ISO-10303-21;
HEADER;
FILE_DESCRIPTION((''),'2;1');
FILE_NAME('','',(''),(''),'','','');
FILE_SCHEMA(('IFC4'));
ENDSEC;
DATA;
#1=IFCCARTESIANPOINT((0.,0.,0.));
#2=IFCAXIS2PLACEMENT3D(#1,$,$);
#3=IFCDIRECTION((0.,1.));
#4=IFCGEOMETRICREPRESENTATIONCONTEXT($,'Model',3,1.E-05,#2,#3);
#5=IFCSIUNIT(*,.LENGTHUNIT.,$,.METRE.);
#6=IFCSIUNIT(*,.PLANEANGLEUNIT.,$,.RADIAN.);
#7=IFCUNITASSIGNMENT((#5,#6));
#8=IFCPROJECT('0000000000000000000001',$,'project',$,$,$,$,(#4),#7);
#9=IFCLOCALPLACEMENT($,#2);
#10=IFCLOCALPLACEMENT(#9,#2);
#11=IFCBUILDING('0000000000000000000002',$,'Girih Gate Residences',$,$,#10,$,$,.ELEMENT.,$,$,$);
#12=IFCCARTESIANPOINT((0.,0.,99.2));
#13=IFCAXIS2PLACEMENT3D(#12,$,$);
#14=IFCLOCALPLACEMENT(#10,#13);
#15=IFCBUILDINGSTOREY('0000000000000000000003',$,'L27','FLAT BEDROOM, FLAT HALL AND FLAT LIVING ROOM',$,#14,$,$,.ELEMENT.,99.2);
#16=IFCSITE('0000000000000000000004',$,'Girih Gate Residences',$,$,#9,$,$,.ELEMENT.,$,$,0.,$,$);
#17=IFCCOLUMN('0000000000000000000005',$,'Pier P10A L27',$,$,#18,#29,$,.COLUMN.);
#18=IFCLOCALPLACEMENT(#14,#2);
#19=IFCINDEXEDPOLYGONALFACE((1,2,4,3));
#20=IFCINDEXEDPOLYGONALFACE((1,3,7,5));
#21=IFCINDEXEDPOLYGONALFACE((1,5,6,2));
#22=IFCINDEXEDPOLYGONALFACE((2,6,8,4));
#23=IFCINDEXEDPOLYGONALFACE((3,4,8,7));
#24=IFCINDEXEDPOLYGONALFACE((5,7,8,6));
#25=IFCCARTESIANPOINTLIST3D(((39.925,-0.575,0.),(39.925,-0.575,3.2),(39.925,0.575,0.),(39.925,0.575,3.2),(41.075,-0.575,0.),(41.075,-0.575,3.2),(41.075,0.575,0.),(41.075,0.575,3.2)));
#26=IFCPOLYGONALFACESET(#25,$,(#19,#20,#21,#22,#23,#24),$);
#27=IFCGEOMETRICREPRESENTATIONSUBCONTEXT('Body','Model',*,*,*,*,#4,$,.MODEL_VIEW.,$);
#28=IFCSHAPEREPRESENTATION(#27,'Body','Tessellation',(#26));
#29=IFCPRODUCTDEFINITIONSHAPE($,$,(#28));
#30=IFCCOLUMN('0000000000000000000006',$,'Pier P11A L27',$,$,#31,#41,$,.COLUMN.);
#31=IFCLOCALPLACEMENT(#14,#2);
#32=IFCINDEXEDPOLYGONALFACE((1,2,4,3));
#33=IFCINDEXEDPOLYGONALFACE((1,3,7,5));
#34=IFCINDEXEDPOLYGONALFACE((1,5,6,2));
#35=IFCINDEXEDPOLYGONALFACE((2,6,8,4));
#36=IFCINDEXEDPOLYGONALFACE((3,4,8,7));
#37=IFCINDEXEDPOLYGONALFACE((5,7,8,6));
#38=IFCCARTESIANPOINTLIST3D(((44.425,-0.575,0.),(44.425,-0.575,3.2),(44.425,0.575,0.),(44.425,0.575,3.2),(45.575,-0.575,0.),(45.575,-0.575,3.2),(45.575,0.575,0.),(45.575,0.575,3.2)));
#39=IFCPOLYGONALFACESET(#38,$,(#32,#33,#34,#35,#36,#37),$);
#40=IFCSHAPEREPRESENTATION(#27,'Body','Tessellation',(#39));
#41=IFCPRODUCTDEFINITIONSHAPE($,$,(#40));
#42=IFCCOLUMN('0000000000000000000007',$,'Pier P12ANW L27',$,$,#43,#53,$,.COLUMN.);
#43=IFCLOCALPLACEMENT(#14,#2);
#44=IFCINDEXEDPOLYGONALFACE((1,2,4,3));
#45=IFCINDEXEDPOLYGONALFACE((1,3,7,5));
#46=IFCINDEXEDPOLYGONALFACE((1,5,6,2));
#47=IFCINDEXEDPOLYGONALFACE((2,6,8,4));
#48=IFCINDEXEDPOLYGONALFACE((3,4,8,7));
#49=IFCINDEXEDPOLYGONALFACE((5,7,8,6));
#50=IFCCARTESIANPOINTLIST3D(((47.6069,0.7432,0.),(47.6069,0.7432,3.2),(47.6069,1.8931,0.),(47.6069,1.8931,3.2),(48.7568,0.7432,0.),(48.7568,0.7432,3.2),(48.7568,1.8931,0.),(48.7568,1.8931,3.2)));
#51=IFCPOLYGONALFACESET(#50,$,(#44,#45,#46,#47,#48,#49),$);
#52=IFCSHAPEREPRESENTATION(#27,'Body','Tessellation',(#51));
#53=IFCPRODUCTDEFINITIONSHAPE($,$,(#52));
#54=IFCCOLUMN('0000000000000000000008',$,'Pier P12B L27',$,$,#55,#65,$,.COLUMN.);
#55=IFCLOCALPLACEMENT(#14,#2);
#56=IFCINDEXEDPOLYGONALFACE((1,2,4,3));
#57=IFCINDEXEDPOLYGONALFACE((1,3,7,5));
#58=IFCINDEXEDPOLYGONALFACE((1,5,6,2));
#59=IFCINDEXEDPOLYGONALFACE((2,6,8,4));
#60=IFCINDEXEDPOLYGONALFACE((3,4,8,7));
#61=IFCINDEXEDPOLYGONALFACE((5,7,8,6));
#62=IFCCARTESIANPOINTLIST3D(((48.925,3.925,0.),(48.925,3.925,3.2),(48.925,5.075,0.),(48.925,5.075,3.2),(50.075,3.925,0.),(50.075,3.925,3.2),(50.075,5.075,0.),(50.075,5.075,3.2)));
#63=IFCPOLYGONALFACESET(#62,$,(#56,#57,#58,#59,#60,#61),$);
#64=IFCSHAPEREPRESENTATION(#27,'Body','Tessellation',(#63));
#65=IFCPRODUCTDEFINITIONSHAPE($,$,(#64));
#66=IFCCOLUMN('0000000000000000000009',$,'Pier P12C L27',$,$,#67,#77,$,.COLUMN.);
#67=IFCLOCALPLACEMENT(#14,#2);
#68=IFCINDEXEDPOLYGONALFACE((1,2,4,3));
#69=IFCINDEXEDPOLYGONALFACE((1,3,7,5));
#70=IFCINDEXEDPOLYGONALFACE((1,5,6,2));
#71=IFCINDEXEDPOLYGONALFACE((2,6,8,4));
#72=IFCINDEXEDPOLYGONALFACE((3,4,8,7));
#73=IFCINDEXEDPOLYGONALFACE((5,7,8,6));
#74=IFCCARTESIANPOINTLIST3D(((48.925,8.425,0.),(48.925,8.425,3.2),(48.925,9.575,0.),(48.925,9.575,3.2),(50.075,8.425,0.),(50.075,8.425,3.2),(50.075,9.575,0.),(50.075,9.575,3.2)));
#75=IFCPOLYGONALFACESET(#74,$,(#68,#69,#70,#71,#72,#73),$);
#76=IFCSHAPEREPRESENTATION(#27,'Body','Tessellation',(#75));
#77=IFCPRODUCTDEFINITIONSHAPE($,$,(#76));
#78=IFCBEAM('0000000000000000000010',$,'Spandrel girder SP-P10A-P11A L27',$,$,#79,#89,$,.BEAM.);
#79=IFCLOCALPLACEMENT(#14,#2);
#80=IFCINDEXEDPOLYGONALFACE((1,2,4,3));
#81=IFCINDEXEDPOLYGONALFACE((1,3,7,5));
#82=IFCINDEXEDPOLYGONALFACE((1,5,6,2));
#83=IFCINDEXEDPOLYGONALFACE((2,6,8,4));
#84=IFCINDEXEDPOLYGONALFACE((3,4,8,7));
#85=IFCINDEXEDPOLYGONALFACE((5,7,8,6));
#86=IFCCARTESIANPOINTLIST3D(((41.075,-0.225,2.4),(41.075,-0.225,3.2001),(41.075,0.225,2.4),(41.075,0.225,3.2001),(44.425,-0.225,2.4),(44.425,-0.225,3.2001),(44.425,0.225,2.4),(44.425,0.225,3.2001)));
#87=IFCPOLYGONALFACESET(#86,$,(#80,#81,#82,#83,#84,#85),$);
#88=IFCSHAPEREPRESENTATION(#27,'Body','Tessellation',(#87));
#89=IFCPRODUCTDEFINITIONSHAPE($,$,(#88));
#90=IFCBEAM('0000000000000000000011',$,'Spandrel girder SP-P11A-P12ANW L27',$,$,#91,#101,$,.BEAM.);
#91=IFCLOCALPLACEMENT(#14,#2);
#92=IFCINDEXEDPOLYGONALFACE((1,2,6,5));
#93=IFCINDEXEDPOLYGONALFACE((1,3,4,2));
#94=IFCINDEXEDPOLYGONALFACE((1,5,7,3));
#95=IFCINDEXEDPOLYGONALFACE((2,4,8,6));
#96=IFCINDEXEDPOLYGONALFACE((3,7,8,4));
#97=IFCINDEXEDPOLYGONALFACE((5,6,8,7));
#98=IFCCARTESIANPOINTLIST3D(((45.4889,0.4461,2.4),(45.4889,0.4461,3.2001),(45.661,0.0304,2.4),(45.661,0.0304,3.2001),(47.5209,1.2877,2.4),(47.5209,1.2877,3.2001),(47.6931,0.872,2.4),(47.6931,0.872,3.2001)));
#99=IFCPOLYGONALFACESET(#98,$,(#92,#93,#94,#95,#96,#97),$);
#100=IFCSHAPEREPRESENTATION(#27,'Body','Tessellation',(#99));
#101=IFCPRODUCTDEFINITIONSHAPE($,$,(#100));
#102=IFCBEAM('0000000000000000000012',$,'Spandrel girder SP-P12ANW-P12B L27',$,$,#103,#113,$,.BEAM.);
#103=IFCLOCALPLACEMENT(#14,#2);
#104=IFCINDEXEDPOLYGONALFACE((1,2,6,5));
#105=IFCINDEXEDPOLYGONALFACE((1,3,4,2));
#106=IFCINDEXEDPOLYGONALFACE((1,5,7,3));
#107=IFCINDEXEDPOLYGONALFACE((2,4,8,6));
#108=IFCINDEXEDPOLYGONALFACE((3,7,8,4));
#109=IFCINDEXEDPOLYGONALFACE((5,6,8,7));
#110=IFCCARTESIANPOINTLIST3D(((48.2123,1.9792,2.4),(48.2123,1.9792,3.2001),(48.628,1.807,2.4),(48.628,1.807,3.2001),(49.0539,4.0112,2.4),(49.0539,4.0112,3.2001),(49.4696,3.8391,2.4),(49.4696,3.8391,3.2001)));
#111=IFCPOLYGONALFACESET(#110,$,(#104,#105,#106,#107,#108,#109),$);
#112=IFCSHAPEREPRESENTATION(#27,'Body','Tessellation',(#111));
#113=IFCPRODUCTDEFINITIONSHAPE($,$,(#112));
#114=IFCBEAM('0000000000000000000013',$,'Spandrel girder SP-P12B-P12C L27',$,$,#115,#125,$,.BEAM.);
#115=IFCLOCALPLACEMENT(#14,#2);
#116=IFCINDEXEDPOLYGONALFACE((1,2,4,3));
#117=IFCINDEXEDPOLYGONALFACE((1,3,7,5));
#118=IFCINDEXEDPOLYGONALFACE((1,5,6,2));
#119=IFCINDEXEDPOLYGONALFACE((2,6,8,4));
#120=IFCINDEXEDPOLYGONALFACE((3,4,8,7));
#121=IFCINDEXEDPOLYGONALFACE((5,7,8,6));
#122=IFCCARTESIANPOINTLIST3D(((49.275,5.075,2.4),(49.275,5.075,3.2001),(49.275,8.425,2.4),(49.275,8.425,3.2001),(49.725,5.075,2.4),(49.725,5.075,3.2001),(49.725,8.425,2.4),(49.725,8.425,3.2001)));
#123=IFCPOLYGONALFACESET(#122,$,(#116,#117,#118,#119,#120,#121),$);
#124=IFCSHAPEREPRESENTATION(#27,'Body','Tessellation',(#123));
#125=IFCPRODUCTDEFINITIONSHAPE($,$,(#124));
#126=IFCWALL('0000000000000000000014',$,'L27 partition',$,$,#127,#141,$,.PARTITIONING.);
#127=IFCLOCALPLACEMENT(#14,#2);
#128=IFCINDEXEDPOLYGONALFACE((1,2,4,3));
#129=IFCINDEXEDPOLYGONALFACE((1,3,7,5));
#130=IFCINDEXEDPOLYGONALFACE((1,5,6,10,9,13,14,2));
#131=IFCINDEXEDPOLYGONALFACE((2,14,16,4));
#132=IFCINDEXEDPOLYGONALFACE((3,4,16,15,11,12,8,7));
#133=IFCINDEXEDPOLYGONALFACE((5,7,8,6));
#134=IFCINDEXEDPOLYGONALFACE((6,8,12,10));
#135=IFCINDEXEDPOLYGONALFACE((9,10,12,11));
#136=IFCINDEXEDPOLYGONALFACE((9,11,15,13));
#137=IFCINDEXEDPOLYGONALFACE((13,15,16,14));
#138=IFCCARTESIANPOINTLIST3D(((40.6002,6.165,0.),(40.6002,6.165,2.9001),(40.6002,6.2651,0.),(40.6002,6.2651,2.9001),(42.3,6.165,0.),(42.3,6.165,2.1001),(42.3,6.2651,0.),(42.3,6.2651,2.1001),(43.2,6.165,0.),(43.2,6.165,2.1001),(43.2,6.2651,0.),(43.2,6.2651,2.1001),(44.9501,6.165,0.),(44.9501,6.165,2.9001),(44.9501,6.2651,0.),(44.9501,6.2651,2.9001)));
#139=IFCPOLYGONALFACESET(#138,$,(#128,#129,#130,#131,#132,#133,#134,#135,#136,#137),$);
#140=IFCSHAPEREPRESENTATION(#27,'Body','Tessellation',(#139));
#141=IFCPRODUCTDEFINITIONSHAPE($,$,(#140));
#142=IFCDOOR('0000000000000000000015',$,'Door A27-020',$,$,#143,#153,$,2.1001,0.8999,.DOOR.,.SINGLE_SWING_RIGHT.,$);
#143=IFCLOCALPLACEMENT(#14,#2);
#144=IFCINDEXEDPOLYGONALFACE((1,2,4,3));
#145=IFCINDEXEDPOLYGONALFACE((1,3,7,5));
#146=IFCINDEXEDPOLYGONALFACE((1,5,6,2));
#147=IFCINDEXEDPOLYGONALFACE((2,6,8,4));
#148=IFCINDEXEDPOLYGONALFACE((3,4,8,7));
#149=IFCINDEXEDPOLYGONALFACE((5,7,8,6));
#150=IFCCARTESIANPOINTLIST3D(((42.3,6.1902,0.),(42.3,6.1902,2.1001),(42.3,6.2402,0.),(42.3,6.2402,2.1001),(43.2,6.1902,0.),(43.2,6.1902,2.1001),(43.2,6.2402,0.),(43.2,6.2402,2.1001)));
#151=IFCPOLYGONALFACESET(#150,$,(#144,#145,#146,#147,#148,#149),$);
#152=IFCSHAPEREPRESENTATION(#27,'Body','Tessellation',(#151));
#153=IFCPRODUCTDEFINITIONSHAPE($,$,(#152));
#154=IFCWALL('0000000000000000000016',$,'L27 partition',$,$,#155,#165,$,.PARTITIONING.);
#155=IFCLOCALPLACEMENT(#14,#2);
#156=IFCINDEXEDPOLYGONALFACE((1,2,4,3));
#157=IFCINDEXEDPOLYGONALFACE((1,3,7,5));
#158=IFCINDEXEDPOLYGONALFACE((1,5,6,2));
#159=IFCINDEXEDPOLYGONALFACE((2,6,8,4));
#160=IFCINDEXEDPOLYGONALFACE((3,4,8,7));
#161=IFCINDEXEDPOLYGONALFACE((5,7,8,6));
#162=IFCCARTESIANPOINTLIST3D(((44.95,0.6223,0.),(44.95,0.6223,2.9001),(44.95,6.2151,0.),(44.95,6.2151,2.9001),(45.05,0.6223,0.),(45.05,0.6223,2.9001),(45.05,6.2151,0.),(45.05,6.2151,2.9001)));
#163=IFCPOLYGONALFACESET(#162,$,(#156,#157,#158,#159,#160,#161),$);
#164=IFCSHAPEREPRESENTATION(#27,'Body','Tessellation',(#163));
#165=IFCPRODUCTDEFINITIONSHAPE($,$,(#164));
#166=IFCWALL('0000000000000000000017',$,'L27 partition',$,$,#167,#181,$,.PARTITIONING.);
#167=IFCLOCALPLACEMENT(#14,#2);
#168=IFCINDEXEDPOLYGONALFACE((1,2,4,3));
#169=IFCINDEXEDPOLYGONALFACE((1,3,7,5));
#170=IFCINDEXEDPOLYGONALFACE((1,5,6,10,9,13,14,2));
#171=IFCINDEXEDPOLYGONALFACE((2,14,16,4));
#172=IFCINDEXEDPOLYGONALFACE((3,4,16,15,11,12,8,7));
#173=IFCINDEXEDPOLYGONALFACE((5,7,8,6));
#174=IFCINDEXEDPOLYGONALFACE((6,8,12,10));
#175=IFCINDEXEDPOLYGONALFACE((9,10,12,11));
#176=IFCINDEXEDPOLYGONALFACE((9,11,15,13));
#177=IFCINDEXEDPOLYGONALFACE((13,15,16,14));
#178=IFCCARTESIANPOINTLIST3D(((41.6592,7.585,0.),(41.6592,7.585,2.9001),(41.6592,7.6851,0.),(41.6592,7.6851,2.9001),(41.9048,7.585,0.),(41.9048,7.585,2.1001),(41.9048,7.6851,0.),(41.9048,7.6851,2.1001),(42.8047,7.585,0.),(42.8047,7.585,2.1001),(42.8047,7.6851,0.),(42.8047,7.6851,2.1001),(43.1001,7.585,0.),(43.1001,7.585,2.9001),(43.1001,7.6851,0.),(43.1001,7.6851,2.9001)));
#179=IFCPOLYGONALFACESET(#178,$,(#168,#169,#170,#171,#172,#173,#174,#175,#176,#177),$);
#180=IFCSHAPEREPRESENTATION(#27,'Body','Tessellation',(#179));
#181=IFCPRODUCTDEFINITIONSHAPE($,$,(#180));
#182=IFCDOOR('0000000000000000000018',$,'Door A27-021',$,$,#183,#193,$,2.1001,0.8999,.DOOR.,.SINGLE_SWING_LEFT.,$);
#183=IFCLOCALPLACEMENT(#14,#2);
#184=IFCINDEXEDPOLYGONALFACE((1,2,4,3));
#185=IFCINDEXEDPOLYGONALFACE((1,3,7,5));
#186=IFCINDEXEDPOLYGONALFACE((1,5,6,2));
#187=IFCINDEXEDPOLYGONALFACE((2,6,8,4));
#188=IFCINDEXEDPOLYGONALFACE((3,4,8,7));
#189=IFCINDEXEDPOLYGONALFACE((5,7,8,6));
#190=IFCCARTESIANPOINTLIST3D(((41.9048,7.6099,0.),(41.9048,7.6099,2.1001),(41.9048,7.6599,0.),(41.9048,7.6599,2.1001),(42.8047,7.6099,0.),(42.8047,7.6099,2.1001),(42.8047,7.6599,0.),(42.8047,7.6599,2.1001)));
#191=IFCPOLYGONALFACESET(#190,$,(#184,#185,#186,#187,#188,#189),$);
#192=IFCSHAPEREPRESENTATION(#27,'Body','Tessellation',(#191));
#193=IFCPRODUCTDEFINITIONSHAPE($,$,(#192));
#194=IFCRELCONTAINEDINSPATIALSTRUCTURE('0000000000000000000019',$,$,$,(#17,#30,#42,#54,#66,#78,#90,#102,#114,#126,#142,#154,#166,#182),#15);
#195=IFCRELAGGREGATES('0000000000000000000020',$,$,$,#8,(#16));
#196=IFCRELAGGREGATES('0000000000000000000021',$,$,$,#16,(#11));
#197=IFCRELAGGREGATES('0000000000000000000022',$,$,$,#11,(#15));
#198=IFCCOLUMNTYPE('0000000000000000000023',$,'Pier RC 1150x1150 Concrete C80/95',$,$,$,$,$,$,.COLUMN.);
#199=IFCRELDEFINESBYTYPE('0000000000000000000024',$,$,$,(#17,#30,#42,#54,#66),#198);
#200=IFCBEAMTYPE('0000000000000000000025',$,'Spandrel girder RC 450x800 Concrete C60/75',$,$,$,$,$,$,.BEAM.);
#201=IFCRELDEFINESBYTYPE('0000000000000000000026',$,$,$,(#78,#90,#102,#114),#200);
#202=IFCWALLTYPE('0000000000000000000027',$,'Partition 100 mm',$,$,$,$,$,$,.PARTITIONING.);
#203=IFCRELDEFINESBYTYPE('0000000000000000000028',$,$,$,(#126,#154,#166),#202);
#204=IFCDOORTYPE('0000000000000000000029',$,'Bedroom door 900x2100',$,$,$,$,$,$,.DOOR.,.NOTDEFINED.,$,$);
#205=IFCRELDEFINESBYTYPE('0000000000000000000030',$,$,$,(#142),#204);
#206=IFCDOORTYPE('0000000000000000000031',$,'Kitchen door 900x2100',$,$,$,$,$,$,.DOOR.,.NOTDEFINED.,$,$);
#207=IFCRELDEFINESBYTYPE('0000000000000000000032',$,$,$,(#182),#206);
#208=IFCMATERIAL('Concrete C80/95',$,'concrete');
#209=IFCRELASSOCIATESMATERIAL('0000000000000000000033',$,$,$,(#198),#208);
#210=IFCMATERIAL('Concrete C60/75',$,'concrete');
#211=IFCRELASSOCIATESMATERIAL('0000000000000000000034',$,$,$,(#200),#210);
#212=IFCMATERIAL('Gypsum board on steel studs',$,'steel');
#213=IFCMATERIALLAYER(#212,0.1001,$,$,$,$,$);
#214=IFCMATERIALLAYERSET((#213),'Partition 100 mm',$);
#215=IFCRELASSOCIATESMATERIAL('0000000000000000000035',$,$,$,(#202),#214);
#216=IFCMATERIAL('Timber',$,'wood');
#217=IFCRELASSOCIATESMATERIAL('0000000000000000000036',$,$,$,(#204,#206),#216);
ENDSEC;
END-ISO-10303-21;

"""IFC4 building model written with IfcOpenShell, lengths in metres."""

from ifc_helpers import new_model, si_unit, direction, frame, frame_2d, origin, origin_2d, place, context, subcontext, project, spatial, rectangle, extrude, material, layer, layer_set, material_profile, profile_set, type_object, element, fill, save


model = new_model("IFC4")

# Units and contexts
model_context = context("Model", 3, precision=1e-05, world=origin(), true_north=direction((0.0, 1.0)))
body_context = subcontext(model_context, "Body", "Model", "MODEL_VIEW")
ifc_project = project(units=[si_unit("LENGTHUNIT", "METRE"), si_unit("PLANEANGLEUNIT", "RADIAN")], contexts=[model_context])

# Site, building, storey
site_placement = place(None, origin())
site = spatial("IfcSite", under=ifc_project, at=site_placement, Name="Girih Gate Residences", CompositionType="ELEMENT", RefElevation=0.0)
building_placement = place(site_placement, origin())
building = spatial("IfcBuilding", under=site, at=building_placement, Name="Girih Gate Residences", CompositionType="ELEMENT")
storey_placement = place(building_placement, frame((0.0, 0.0, 99.2)))
storey = spatial("IfcBuildingStorey", under=building, at=storey_placement, Name="L27", Description="FLAT BEDROOM, FLAT HALL AND FLAT LIVING ROOM", CompositionType="ELEMENT", Elevation=99.2)

# Columns
ifc_material_1 = material(Name="Concrete C80/95", Category="concrete")
ifc_material_profile_1 = material_profile(ifc_material_1, rectangle(XDim=1.1499, YDim=1.1499, at=origin_2d()))
ifc_profile_set_1 = profile_set([ifc_material_profile_1], Name="Concrete C80/95")
column_type = type_object("IfcColumnType", Name="Pier RC 1150x1150 Concrete C80/95", PredefinedType="COLUMN", material=ifc_profile_set_1)
for number, where, z_axis, x_axis, name in (
    (1, (40.5, 0.0, 0.0), (0.0, 0.0, 1.0), (1.0, 0.0, 0.0), "Pier P10A L27"),
    (2, (45.0, 0.0, 0.0), (0.0, 0.0, 1.0), (1.0, 0.0, 0.0), "Pier P11A L27"),
    (3, (48.1819, 1.3181, 0.0), (0.0, 0.0, 1.0), (1.0, 0.0, 0.0), "Pier P12ANW L27"),
    (4, (49.5, 4.5, 0.0), (0.0, 0.0, 1.0), (1.0, 0.0, 0.0), "Pier P12B L27"),
    (5, (49.5, 9.0, 0.0), (0.0, 0.0, 1.0), (1.0, 0.0, 0.0), "Pier P12C L27"),
):
    element("IfcColumn", number, at=place(storey_placement, frame(where, z_axis=z_axis, x_axis=x_axis)), inside=storey, type_object=column_type, Name=name, PredefinedType="COLUMN", context=body_context, shape_type="SweptSolid", body=[
        extrude(rectangle(XDim=1.1499, YDim=1.1499, at=origin_2d()), origin(), (0.0, 0.0, 1.0), 3.2),
    ])

# Beams
ifc_material_2 = material(Name="Concrete C60/75", Category="concrete")
ifc_material_profile_2 = material_profile(ifc_material_2, rectangle(XDim=0.45, YDim=0.8, at=origin_2d()))
ifc_profile_set_2 = profile_set([ifc_material_profile_2], Name="Concrete C60/75")
beam_type = type_object("IfcBeamType", Name="Spandrel girder RC 450x800 Concrete C60/75", PredefinedType="BEAM", material=ifc_profile_set_2)
beam_1_placement = place(storey_placement, frame((41.075, 0.0, 2.8), z_axis=(1.0, 0.0, 0.0), x_axis=(0.0, 1.0, 0.0)))
element("IfcBeam", 6, at=beam_1_placement, inside=storey, type_object=beam_type, Name="Spandrel girder SP-P10A-P11A L27", PredefinedType="BEAM", context=body_context, shape_type="SweptSolid", body=[
    extrude(rectangle(XDim=0.45, YDim=0.8, at=origin_2d()), origin(), (0.0, 0.0, 1.0), 3.3501),
])
for number, where, z_axis, x_axis, name in (
    (7, (45.575, 0.2383, 2.8), (0.923899, 0.382636, 0.0), (-0.382636, 0.923899, 0.0), "Spandrel girder SP-P11A-P12ANW L27"),
    (8, (48.4202, 1.8931, 2.8), (0.382636, 0.923899, 0.0), (-0.923899, 0.382636, 0.0), "Spandrel girder SP-P12ANW-P12B L27"),
):
    element("IfcBeam", number, at=place(storey_placement, frame(where, z_axis=z_axis, x_axis=x_axis)), inside=storey, type_object=beam_type, Name=name, PredefinedType="BEAM", context=body_context, shape_type="SweptSolid", body=[
        extrude(rectangle(XDim=0.45, YDim=0.8, at=origin_2d()), origin(), (0.0, 0.0, 1.0), 2.1995),
    ])
beam_2_placement = place(storey_placement, frame((49.5, 5.075, 2.8), z_axis=(0.0, 1.0, 0.0), x_axis=(-1.0, 0.0, 0.0)))
element("IfcBeam", 9, at=beam_2_placement, inside=storey, type_object=beam_type, Name="Spandrel girder SP-P12B-P12C L27", PredefinedType="BEAM", context=body_context, shape_type="SweptSolid", body=[
    extrude(rectangle(XDim=0.45, YDim=0.8, at=origin_2d()), origin(), (0.0, 0.0, 1.0), 3.3501),
])

# Wall, opening, door
ifc_material_3 = material(Name="Gypsum board on steel studs", Category="steel")
ifc_layer_1 = layer(ifc_material_3, 0.1001)
ifc_layer_set_1 = layer_set([ifc_layer_1], Name="Partition 100 mm")
wall_type_1 = type_object("IfcWallType", Name="Partition 100 mm", PredefinedType="PARTITIONING", material=ifc_layer_set_1)
wall_1_placement = place(storey_placement, frame((44.95, 6.2151, 0.0), z_axis=(0.0, 0.0, 1.0), x_axis=(-1.0, 0.0, 0.0)))
wall_1 = element("IfcWall", 10, at=wall_1_placement, inside=storey, type_object=wall_type_1, Name="L27 partition", PredefinedType="PARTITIONING", context=body_context, shape_type="SweptSolid", body=[
    extrude(rectangle(XDim=4.3499, YDim=0.1001, at=frame_2d((2.1748, 0.0))), origin(), (0.0, 0.0, 1.0), 2.9001),
])
opening_1_placement = place(wall_1_placement, frame((1.75, 0.0, 0.0)))
opening_1 = element("IfcOpeningElement", 11, at=opening_1_placement, cuts=wall_1, PredefinedType="OPENING", context=body_context, shape_type="SweptSolid", body=[
    extrude(rectangle(XDim=0.8999, YDim=2.1001, at=frame_2d((0.45, 1.05))), frame((0.0, 0.0601, 0.0), z_axis=(0.0, -1.0, 0.0), x_axis=(1.0, 0.0, 0.0)), (0.0, 0.0, 1.0), 0.1201),
])
ifc_material_4 = material(Name="Timber", Category="wood")
door_type_1 = type_object("IfcDoorType", Name="Bedroom door 900x2100", OperationType="NOTDEFINED", PredefinedType="DOOR", material=ifc_material_4)
door_1_placement = place(opening_1_placement, origin())
door_1 = element("IfcDoor", 12, at=door_1_placement, inside=storey, type_object=door_type_1, Name="Door A27-020", OperationType="SINGLE_SWING_RIGHT", OverallHeight=2.1001, OverallWidth=0.8999, PredefinedType="DOOR", context=body_context, shape_type="SweptSolid", body=[
    extrude(rectangle(XDim=0.8999, YDim=2.1001, at=frame_2d((0.45, 1.05))), frame((0.0, 0.0249, 0.0), z_axis=(0.0, -1.0, 0.0), x_axis=(1.0, 0.0, 0.0)), (0.0, 0.0, 1.0), 0.05),
])
fill(opening_1, door_1)

# Wall
wall_2_placement = place(storey_placement, frame((45.0, 0.6223, 0.0), z_axis=(0.0, 0.0, 1.0), x_axis=(0.0, 1.0, 0.0)))
element("IfcWall", 13, at=wall_2_placement, inside=storey, type_object=wall_type_1, Name="L27 partition", PredefinedType="PARTITIONING", context=body_context, shape_type="SweptSolid", body=[
    extrude(rectangle(XDim=5.5928, YDim=0.1001, at=frame_2d((2.7964, 0.0))), origin(), (0.0, 0.0, 1.0), 2.9001),
])

# Wall, opening, door
wall_3_placement = place(storey_placement, frame((41.6592, 7.635, 0.0), z_axis=(0.0, 0.0, 1.0), x_axis=(1.0, 0.0, 0.0)))
wall_3 = element("IfcWall", 14, at=wall_3_placement, inside=storey, type_object=wall_type_1, Name="L27 partition", PredefinedType="PARTITIONING", context=body_context, shape_type="SweptSolid", body=[
    extrude(rectangle(XDim=1.4409, YDim=0.1001, at=frame_2d((0.7205, 0.0))), origin(), (0.0, 0.0, 1.0), 2.9001),
])
opening_2_placement = place(wall_3_placement, frame((0.2456, 0.0, 0.0)))
opening_2 = element("IfcOpeningElement", 15, at=opening_2_placement, cuts=wall_3, PredefinedType="OPENING", context=body_context, shape_type="SweptSolid", body=[
    extrude(rectangle(XDim=0.8999, YDim=2.1001, at=frame_2d((0.45, 1.05))), frame((0.0, 0.0601, 0.0), z_axis=(0.0, -1.0, 0.0), x_axis=(1.0, 0.0, 0.0)), (0.0, 0.0, 1.0), 0.1201),
])
door_type_2 = type_object("IfcDoorType", Name="Kitchen door 900x2100", OperationType="NOTDEFINED", PredefinedType="DOOR", material=ifc_material_4)
door_2_placement = place(opening_2_placement, origin())
door_2 = element("IfcDoor", 16, at=door_2_placement, inside=storey, type_object=door_type_2, Name="Door A27-021", OperationType="SINGLE_SWING_LEFT", OverallHeight=2.1001, OverallWidth=0.8999, PredefinedType="DOOR", context=body_context, shape_type="SweptSolid", body=[
    extrude(rectangle(XDim=0.8999, YDim=2.1001, at=frame_2d((0.45, 1.05))), frame((0.0, 0.0249, 0.0), z_axis=(0.0, -1.0, 0.0), x_axis=(1.0, 0.0, 0.0)), (0.0, 0.0, 1.0), 0.05),
])
fill(opening_2, door_2)

save(model, "model.ifc")
